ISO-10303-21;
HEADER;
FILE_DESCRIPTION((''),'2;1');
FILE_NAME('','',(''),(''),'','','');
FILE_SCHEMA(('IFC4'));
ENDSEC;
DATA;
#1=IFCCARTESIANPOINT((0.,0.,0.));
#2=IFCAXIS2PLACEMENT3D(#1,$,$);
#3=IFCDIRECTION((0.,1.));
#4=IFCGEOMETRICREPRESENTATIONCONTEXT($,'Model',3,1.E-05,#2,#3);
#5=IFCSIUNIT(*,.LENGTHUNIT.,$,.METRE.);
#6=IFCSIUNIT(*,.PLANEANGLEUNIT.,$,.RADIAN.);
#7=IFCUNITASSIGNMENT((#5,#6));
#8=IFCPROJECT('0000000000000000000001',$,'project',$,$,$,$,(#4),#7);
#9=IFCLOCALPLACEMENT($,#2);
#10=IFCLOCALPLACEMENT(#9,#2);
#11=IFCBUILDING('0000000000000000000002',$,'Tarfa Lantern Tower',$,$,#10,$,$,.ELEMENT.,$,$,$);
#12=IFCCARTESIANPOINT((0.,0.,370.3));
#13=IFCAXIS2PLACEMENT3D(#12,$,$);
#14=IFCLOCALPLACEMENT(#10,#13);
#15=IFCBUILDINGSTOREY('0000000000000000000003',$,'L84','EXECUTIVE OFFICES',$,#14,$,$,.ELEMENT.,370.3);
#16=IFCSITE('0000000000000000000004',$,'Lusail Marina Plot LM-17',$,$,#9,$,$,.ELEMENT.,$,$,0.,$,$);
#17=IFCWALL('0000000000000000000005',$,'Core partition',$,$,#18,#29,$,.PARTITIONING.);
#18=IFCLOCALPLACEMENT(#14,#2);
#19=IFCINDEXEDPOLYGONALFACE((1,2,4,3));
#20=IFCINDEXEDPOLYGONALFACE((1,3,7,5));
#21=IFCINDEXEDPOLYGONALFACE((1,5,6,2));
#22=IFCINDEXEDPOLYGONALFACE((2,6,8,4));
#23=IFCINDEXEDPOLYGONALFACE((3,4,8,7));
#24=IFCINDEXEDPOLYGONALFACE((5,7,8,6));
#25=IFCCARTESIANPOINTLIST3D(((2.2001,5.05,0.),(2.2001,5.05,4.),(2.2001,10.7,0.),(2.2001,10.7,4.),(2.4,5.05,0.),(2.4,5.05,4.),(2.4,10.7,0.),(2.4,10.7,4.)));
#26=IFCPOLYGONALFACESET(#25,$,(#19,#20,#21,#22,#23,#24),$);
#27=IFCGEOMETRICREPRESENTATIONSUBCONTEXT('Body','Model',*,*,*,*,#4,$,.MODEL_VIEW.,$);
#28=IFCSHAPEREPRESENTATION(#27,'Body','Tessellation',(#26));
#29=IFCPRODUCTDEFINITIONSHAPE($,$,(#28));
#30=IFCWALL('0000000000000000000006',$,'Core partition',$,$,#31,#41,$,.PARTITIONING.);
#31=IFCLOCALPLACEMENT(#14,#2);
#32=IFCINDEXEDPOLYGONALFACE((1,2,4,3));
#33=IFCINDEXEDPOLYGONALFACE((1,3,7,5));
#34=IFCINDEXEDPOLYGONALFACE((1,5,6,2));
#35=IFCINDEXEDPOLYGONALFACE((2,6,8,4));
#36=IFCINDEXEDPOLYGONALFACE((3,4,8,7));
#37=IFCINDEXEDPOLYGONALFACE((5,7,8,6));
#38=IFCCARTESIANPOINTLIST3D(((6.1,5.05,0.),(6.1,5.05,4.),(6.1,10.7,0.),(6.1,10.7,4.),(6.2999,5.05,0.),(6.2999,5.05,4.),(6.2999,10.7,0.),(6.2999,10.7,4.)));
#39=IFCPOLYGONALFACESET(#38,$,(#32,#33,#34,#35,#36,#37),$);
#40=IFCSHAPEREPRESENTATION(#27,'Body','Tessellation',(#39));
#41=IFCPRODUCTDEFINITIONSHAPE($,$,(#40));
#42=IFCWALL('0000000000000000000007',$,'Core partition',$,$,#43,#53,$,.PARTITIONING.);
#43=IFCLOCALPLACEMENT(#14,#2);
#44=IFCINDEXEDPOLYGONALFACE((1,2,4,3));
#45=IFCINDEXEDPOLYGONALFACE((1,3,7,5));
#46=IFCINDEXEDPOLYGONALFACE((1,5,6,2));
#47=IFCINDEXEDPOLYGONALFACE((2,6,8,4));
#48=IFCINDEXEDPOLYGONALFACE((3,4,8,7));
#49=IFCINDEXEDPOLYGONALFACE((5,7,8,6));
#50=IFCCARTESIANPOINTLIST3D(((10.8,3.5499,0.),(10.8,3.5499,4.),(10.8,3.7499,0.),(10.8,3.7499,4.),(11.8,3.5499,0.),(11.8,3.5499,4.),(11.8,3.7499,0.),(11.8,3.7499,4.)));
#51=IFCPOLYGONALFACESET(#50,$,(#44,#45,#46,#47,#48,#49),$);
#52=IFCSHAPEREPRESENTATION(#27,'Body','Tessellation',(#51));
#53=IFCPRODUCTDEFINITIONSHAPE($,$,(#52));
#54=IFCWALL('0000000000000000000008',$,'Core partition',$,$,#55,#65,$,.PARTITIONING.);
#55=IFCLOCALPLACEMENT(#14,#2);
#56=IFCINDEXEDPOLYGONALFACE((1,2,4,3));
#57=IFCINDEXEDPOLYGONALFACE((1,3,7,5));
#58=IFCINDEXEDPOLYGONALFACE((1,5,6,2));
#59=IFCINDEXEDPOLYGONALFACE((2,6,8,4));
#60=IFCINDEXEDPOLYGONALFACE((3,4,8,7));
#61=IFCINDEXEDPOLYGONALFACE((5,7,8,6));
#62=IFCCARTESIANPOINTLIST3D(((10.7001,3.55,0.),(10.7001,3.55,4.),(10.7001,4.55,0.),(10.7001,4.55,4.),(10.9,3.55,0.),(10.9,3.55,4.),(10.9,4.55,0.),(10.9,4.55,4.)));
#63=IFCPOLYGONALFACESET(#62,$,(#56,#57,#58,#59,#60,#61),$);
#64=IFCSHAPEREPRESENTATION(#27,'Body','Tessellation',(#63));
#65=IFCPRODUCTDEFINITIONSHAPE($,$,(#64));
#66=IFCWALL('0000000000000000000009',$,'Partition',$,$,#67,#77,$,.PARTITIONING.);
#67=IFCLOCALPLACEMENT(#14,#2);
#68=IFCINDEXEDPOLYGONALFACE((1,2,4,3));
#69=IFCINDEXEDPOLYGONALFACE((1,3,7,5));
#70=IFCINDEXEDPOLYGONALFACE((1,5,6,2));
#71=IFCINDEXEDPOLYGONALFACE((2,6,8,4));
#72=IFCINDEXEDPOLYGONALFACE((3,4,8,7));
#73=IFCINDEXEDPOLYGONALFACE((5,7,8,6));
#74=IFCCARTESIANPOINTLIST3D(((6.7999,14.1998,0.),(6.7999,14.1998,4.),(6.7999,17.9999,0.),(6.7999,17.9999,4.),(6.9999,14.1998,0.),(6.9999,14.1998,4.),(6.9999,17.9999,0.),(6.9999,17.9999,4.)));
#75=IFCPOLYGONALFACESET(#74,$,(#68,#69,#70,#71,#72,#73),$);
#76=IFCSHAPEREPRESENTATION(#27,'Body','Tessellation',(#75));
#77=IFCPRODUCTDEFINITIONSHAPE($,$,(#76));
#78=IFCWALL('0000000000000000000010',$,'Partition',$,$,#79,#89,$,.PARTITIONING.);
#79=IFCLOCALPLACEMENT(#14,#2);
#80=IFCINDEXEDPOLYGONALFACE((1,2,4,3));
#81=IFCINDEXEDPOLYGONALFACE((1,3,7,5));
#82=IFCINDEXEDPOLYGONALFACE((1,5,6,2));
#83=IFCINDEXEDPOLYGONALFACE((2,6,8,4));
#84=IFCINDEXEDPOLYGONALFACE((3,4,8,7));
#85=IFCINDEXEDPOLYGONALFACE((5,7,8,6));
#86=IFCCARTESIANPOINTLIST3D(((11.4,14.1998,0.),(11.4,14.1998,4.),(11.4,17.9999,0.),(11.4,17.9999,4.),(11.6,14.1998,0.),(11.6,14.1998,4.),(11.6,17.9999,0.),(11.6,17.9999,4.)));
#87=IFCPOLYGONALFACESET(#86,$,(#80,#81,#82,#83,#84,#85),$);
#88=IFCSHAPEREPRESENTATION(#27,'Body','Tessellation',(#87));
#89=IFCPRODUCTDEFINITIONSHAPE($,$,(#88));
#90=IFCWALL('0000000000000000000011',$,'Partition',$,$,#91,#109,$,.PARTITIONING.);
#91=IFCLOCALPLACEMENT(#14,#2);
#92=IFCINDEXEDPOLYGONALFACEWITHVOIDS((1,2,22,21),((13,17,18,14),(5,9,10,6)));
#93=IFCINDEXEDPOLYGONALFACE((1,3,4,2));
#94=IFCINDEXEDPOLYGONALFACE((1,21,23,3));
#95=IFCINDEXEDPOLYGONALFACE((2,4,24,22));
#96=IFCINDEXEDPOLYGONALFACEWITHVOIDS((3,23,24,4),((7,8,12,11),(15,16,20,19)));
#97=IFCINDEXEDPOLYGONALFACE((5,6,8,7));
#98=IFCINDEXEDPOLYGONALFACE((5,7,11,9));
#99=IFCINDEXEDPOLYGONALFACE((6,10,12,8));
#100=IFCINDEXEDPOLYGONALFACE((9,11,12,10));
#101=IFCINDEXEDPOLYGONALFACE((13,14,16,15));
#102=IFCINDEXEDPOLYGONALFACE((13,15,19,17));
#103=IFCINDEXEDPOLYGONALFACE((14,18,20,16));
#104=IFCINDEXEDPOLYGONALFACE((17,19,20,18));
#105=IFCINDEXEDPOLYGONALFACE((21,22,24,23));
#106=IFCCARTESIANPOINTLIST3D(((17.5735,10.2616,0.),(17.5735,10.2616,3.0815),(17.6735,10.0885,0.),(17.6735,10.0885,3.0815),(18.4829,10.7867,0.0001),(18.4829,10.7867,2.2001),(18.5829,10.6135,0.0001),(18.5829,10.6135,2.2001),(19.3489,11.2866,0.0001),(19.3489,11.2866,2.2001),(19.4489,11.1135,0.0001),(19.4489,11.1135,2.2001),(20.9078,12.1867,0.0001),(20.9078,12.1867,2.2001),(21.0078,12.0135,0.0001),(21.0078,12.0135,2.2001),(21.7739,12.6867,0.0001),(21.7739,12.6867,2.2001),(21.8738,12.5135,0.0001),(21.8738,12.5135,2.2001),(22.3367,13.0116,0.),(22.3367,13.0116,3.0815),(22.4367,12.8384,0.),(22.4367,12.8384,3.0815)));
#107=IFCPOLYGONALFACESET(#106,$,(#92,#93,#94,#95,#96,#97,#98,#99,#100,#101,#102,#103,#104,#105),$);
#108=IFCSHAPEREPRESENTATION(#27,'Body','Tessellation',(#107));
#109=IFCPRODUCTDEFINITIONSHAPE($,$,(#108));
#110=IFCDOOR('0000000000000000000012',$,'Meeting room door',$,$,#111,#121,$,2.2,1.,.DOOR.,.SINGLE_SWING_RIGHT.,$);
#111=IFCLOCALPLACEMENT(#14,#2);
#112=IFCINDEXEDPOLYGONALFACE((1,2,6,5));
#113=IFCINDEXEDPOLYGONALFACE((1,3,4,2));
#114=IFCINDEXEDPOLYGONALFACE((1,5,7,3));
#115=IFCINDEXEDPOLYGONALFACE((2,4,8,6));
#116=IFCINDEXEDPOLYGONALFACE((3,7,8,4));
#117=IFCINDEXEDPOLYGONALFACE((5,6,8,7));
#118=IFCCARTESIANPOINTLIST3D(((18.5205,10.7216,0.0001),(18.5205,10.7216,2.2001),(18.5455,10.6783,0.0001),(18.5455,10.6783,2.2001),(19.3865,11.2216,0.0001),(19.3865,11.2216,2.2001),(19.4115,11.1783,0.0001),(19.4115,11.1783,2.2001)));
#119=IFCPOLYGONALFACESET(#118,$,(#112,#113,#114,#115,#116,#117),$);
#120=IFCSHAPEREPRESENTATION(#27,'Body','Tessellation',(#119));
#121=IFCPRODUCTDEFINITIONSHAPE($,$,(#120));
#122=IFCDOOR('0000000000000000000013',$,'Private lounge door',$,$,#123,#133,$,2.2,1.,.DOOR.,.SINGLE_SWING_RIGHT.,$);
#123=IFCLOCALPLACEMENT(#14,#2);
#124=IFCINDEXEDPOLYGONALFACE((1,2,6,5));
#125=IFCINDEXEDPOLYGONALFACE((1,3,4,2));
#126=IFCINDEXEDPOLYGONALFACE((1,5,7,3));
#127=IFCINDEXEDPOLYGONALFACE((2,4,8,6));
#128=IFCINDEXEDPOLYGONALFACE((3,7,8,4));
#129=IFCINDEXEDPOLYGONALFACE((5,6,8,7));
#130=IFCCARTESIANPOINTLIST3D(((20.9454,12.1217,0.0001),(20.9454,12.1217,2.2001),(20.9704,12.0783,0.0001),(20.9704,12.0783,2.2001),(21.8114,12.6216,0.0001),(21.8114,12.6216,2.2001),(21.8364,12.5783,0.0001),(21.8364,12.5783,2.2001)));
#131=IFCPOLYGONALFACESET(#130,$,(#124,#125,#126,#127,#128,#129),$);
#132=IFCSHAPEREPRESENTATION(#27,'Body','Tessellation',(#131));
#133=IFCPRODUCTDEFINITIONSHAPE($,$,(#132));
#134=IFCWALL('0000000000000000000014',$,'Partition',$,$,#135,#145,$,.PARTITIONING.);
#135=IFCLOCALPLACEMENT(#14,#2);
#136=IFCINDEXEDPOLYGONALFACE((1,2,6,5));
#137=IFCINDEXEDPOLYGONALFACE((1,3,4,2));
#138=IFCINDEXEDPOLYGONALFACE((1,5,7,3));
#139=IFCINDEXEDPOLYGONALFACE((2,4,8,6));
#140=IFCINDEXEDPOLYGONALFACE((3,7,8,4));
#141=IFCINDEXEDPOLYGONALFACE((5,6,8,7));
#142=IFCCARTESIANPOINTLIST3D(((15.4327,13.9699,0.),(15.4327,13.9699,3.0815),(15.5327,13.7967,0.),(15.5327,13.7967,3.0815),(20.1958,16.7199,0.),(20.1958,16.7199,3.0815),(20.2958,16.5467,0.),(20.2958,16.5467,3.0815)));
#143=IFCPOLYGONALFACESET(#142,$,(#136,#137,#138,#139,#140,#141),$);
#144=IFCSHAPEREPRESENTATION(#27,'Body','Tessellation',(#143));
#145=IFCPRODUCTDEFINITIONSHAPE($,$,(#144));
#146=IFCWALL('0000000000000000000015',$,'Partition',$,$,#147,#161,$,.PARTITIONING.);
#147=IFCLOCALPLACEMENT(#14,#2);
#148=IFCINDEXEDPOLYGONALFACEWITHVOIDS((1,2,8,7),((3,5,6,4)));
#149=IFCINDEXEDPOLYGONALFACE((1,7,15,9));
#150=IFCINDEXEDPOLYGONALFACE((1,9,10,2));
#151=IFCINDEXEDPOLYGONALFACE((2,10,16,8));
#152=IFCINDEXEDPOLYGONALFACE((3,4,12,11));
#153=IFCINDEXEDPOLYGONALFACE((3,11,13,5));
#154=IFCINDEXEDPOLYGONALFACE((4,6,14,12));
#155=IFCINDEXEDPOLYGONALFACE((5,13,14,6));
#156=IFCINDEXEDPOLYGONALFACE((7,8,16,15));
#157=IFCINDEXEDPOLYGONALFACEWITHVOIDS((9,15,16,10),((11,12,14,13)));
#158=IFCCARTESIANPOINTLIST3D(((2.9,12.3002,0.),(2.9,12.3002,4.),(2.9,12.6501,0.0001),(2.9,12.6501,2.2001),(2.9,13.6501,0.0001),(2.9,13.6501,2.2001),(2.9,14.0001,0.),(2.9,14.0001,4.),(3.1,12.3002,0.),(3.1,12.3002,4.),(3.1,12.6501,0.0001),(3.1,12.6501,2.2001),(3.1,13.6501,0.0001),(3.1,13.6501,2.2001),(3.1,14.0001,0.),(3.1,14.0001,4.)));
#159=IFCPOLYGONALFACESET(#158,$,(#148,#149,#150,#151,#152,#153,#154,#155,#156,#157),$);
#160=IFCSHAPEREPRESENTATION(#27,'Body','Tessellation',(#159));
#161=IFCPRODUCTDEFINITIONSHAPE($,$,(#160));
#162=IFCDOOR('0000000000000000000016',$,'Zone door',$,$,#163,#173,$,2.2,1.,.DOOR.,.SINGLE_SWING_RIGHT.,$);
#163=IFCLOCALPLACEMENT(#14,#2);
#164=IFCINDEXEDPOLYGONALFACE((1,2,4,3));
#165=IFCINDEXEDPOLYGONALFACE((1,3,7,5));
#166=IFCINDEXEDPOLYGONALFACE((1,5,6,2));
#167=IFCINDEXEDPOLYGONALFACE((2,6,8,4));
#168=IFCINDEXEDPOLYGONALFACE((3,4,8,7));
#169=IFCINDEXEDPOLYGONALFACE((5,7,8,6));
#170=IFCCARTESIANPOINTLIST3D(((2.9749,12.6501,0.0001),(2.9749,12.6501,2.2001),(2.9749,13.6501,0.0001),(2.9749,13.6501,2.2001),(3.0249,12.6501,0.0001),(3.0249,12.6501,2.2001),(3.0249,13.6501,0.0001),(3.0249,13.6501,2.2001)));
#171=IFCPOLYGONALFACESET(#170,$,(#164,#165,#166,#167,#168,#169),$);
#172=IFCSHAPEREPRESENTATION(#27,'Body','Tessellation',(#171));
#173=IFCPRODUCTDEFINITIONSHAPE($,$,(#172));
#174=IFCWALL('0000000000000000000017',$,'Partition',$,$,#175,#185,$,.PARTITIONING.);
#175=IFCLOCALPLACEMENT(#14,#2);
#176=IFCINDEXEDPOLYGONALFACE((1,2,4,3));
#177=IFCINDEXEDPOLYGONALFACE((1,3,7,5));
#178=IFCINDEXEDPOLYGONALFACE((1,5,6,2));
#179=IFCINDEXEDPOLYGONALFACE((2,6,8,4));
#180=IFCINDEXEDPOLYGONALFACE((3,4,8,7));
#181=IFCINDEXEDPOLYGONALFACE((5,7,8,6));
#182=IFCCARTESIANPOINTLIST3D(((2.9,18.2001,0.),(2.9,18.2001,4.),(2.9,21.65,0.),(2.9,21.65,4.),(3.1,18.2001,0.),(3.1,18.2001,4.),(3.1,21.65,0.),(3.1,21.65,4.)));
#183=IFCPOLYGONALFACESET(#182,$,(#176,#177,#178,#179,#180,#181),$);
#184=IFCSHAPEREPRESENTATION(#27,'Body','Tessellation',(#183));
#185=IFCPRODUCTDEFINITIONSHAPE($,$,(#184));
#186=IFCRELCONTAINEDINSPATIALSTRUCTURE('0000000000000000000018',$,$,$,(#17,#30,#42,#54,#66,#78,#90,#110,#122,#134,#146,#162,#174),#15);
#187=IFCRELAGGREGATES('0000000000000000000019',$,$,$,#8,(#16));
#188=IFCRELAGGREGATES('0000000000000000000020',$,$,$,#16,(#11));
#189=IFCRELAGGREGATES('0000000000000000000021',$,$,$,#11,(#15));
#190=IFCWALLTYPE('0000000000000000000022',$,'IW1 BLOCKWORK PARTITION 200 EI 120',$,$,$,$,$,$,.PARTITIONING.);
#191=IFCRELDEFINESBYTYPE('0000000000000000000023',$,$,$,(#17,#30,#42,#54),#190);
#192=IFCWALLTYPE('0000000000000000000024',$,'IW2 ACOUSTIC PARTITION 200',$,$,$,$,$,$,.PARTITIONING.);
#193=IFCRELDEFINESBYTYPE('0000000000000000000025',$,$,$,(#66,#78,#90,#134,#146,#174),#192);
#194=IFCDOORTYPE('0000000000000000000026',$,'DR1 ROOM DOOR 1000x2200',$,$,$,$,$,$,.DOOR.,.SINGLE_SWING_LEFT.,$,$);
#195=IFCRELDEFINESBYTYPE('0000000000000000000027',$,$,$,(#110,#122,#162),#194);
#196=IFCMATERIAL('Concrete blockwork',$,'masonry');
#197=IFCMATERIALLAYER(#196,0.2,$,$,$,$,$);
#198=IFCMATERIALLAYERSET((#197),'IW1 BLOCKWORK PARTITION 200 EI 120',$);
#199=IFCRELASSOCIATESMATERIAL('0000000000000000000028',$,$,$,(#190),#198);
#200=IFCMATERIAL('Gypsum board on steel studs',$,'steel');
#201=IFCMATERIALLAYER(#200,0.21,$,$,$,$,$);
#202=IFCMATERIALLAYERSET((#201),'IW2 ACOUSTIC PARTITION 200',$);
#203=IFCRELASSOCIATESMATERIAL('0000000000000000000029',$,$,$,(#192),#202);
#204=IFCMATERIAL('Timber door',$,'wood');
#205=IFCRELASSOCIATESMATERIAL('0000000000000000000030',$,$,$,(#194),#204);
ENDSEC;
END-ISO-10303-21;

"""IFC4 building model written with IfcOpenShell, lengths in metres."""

from ifc_helpers import new_model, si_unit, direction, frame, frame_2d, origin, place, context, subcontext, project, spatial, rectangle, extrude, material, layer, layer_set, type_object, element, fill, save


model = new_model("IFC4")

# Units and contexts
model_context = context("Model", 3, precision=1e-05, world=origin(), true_north=direction((0.0, 1.0)))
body_context = subcontext(model_context, "Body", "Model", "MODEL_VIEW")
ifc_project = project(units=[si_unit("LENGTHUNIT", "METRE"), si_unit("PLANEANGLEUNIT", "RADIAN")], contexts=[model_context])

# Site, building, storey
site_placement = place(None, origin())
site = spatial("IfcSite", under=ifc_project, at=site_placement, Name="Lusail Marina Plot LM-17", CompositionType="ELEMENT", RefElevation=0.0)
building_placement = place(site_placement, origin())
building = spatial("IfcBuilding", under=site, at=building_placement, Name="Tarfa Lantern Tower", CompositionType="ELEMENT")
storey_placement = place(building_placement, frame((0.0, 0.0, 370.3)))
storey = spatial("IfcBuildingStorey", under=building, at=storey_placement, Name="L84", Description="EXECUTIVE OFFICES", CompositionType="ELEMENT", Elevation=370.3)

# Walls
ifc_material_1 = material(Name="Concrete blockwork", Category="masonry")
ifc_layer_1 = layer(ifc_material_1, 0.2)
ifc_layer_set_1 = layer_set([ifc_layer_1], Name="IW1 BLOCKWORK PARTITION 200 EI 120")
wall_type_1 = type_object("IfcWallType", Name="IW1 BLOCKWORK PARTITION 200 EI 120", PredefinedType="PARTITIONING", material=ifc_layer_set_1)
for number, where, z_axis, x_axis, name in (
    (1, (2.3, 5.05, 0.0), (0.0, 0.0, 1.0), (0.0, 1.0, 0.0), "Core partition"),
    (2, (6.2, 5.05, 0.0), (0.0, 0.0, 1.0), (0.0, 1.0, 0.0), "Core partition"),
):
    element("IfcWall", number, at=place(storey_placement, frame(where, z_axis=z_axis, x_axis=x_axis)), inside=storey, type_object=wall_type_1, Name=name, PredefinedType="PARTITIONING", context=body_context, shape_type="SweptSolid", body=[
        extrude(rectangle(XDim=5.6499, YDim=0.2, at=frame_2d((2.825, 0.0))), origin(), (0.0, 0.0, 1.0), 4.0),
    ])
for number, where, z_axis, x_axis, name in (
    (3, (10.8, 3.6499, 0.0), (0.0, 0.0, 1.0), (1.0, 0.0, 0.0), "Core partition"),
    (4, (10.8, 3.55, 0.0), (0.0, 0.0, 1.0), (0.0, 1.0, 0.0), "Core partition"),
):
    element("IfcWall", number, at=place(storey_placement, frame(where, z_axis=z_axis, x_axis=x_axis)), inside=storey, type_object=wall_type_1, Name=name, PredefinedType="PARTITIONING", context=body_context, shape_type="SweptSolid", body=[
        extrude(rectangle(XDim=1.0, YDim=0.2, at=frame_2d((0.5, 0.0))), origin(), (0.0, 0.0, 1.0), 4.0),
    ])
ifc_material_2 = material(Name="Gypsum board on steel studs", Category="steel")
ifc_layer_2 = layer(ifc_material_2, 0.21)
ifc_layer_set_2 = layer_set([ifc_layer_2], Name="IW2 ACOUSTIC PARTITION 200")
wall_type_2 = type_object("IfcWallType", Name="IW2 ACOUSTIC PARTITION 200", PredefinedType="PARTITIONING", material=ifc_layer_set_2)
for number, where, z_axis, x_axis, name in (
    (5, (6.8999, 14.2, 0.0), (0.0, 0.0, 1.0), (0.0, 1.0, 0.0), "Partition"),
    (6, (11.5, 14.2, 0.0), (0.0, 0.0, 1.0), (0.0, 1.0, 0.0), "Partition"),
):
    element("IfcWall", number, at=place(storey_placement, frame(where, z_axis=z_axis, x_axis=x_axis)), inside=storey, type_object=wall_type_2, Name=name, PredefinedType="PARTITIONING", context=body_context, shape_type="SweptSolid", body=[
        extrude(rectangle(XDim=3.8, YDim=0.2, at=frame_2d((1.8999, 0.0))), origin(), (0.0, 0.0, 1.0), 4.0),
    ])

# Wall, openings, doors
wall_1_placement = place(storey_placement, frame((17.6235, 10.175, 0.0), z_axis=(0.0, 0.0, 1.0), x_axis=(0.866027, 0.499997, 0.0)))
wall_1 = element("IfcWall", 7, at=wall_1_placement, inside=storey, type_object=wall_type_2, Name="Partition", PredefinedType="PARTITIONING", context=body_context, shape_type="SweptSolid", body=[
    extrude(rectangle(XDim=5.5, YDim=0.2, at=frame_2d((2.75, 0.0))), origin(), (0.0, 0.0, 1.0), 3.0815),
])
opening_1_placement = place(wall_1_placement, frame((1.05, 0.0, 0.0)))
opening_1 = element("IfcOpeningElement", 8, at=opening_1_placement, cuts=wall_1, PredefinedType="OPENING", context=body_context, shape_type="SweptSolid", body=[
    extrude(rectangle(XDim=1.0, YDim=2.2, at=frame_2d((0.5, 1.1001))), frame((0.0, 0.1099, 0.0), z_axis=(0.0, -1.0, 0.0), x_axis=(1.0, 0.0, 0.0)), (0.0, 0.0, 1.0), 0.22),
])
opening_2_placement = place(wall_1_placement, frame((3.8501, 0.0, 0.0)))
opening_2 = element("IfcOpeningElement", 9, at=opening_2_placement, cuts=wall_1, PredefinedType="OPENING", context=body_context, shape_type="SweptSolid", body=[
    extrude(rectangle(XDim=1.0, YDim=2.2, at=frame_2d((0.5, 1.1001))), frame((0.0, 0.1099, 0.0), z_axis=(0.0, -1.0, 0.0), x_axis=(1.0, 0.0, 0.0)), (0.0, 0.0, 1.0), 0.22),
])
ifc_material_3 = material(Name="Timber door", Category="wood")
door_type = type_object("IfcDoorType", Name="DR1 ROOM DOOR 1000x2200", OperationType="SINGLE_SWING_LEFT", PredefinedType="DOOR", material=ifc_material_3)
door_1_placement = place(opening_1_placement, origin())
door_1 = element("IfcDoor", 10, at=door_1_placement, inside=storey, type_object=door_type, Name="Meeting room door", OperationType="SINGLE_SWING_RIGHT", OverallHeight=2.2, OverallWidth=1.0, PredefinedType="DOOR", context=body_context, shape_type="SweptSolid", body=[
    extrude(rectangle(XDim=1.0, YDim=2.2, at=frame_2d((0.5, 1.1001))), frame((0.0, 0.0249, 0.0), z_axis=(0.0, -1.0, 0.0), x_axis=(1.0, 0.0, 0.0)), (0.0, 0.0, 1.0), 0.05),
])
fill(opening_1, door_1)
door_2_placement = place(opening_2_placement, origin())
door_2 = element("IfcDoor", 11, at=door_2_placement, inside=storey, type_object=door_type, Name="Private lounge door", OperationType="SINGLE_SWING_RIGHT", OverallHeight=2.2, OverallWidth=1.0, PredefinedType="DOOR", context=body_context, shape_type="SweptSolid", body=[
    extrude(rectangle(XDim=1.0, YDim=2.2, at=frame_2d((0.5, 1.1001))), frame((0.0, 0.0249, 0.0), z_axis=(0.0, -1.0, 0.0), x_axis=(1.0, 0.0, 0.0)), (0.0, 0.0, 1.0), 0.05),
])
fill(opening_2, door_2)

# Wall
wall_2_placement = place(storey_placement, frame((15.4827, 13.8833, 0.0), z_axis=(0.0, 0.0, 1.0), x_axis=(0.866027, 0.499997, 0.0)))
element("IfcWall", 12, at=wall_2_placement, inside=storey, type_object=wall_type_2, Name="Partition", PredefinedType="PARTITIONING", context=body_context, shape_type="SweptSolid", body=[
    extrude(rectangle(XDim=5.5, YDim=0.2, at=frame_2d((2.75, 0.0))), origin(), (0.0, 0.0, 1.0), 3.0815),
])

# Wall, opening, door
wall_3_placement = place(storey_placement, frame((3.0, 12.3, 0.0), z_axis=(0.0, 0.0, 1.0), x_axis=(0.0, 1.0, 0.0)))
wall_3 = element("IfcWall", 13, at=wall_3_placement, inside=storey, type_object=wall_type_2, Name="Partition", PredefinedType="PARTITIONING", context=body_context, shape_type="SweptSolid", body=[
    extrude(rectangle(XDim=1.7, YDim=0.2, at=frame_2d((0.8501, 0.0))), origin(), (0.0, 0.0, 1.0), 4.0),
])
opening_3_placement = place(wall_3_placement, frame((0.3501, 0.0, 0.0)))
opening_3 = element("IfcOpeningElement", 14, at=opening_3_placement, cuts=wall_3, PredefinedType="OPENING", context=body_context, shape_type="SweptSolid", body=[
    extrude(rectangle(XDim=1.0, YDim=2.2, at=frame_2d((0.5, 1.1001))), frame((0.0, 0.1099, 0.0), z_axis=(0.0, -1.0, 0.0), x_axis=(1.0, 0.0, 0.0)), (0.0, 0.0, 1.0), 0.22),
])
door_3_placement = place(opening_3_placement, frame((1.0, 0.0, 0.0), z_axis=(0.0, 0.0, 1.0), x_axis=(-1.0, 0.0, 0.0)))
door_3 = element("IfcDoor", 15, at=door_3_placement, inside=storey, type_object=door_type, Name="Zone door", OperationType="SINGLE_SWING_RIGHT", OverallHeight=2.2, OverallWidth=1.0, PredefinedType="DOOR", context=body_context, shape_type="SweptSolid", body=[
    extrude(rectangle(XDim=1.0, YDim=2.2, at=frame_2d((0.5, 1.1001))), frame((0.0, 0.0249, 0.0), z_axis=(0.0, -1.0, 0.0), x_axis=(1.0, 0.0, 0.0)), (0.0, 0.0, 1.0), 0.05),
])
fill(opening_3, door_3)

# Wall
wall_4_placement = place(storey_placement, frame((3.0, 18.2, 0.0), z_axis=(0.0, 0.0, 1.0), x_axis=(0.0, 1.0, 0.0)))
element("IfcWall", 16, at=wall_4_placement, inside=storey, type_object=wall_type_2, Name="Partition", PredefinedType="PARTITIONING", context=body_context, shape_type="SweptSolid", body=[
    extrude(rectangle(XDim=3.45, YDim=0.2, at=frame_2d((1.7251, 0.0))), origin(), (0.0, 0.0, 1.0), 4.0),
])

save(model, "model.ifc")
